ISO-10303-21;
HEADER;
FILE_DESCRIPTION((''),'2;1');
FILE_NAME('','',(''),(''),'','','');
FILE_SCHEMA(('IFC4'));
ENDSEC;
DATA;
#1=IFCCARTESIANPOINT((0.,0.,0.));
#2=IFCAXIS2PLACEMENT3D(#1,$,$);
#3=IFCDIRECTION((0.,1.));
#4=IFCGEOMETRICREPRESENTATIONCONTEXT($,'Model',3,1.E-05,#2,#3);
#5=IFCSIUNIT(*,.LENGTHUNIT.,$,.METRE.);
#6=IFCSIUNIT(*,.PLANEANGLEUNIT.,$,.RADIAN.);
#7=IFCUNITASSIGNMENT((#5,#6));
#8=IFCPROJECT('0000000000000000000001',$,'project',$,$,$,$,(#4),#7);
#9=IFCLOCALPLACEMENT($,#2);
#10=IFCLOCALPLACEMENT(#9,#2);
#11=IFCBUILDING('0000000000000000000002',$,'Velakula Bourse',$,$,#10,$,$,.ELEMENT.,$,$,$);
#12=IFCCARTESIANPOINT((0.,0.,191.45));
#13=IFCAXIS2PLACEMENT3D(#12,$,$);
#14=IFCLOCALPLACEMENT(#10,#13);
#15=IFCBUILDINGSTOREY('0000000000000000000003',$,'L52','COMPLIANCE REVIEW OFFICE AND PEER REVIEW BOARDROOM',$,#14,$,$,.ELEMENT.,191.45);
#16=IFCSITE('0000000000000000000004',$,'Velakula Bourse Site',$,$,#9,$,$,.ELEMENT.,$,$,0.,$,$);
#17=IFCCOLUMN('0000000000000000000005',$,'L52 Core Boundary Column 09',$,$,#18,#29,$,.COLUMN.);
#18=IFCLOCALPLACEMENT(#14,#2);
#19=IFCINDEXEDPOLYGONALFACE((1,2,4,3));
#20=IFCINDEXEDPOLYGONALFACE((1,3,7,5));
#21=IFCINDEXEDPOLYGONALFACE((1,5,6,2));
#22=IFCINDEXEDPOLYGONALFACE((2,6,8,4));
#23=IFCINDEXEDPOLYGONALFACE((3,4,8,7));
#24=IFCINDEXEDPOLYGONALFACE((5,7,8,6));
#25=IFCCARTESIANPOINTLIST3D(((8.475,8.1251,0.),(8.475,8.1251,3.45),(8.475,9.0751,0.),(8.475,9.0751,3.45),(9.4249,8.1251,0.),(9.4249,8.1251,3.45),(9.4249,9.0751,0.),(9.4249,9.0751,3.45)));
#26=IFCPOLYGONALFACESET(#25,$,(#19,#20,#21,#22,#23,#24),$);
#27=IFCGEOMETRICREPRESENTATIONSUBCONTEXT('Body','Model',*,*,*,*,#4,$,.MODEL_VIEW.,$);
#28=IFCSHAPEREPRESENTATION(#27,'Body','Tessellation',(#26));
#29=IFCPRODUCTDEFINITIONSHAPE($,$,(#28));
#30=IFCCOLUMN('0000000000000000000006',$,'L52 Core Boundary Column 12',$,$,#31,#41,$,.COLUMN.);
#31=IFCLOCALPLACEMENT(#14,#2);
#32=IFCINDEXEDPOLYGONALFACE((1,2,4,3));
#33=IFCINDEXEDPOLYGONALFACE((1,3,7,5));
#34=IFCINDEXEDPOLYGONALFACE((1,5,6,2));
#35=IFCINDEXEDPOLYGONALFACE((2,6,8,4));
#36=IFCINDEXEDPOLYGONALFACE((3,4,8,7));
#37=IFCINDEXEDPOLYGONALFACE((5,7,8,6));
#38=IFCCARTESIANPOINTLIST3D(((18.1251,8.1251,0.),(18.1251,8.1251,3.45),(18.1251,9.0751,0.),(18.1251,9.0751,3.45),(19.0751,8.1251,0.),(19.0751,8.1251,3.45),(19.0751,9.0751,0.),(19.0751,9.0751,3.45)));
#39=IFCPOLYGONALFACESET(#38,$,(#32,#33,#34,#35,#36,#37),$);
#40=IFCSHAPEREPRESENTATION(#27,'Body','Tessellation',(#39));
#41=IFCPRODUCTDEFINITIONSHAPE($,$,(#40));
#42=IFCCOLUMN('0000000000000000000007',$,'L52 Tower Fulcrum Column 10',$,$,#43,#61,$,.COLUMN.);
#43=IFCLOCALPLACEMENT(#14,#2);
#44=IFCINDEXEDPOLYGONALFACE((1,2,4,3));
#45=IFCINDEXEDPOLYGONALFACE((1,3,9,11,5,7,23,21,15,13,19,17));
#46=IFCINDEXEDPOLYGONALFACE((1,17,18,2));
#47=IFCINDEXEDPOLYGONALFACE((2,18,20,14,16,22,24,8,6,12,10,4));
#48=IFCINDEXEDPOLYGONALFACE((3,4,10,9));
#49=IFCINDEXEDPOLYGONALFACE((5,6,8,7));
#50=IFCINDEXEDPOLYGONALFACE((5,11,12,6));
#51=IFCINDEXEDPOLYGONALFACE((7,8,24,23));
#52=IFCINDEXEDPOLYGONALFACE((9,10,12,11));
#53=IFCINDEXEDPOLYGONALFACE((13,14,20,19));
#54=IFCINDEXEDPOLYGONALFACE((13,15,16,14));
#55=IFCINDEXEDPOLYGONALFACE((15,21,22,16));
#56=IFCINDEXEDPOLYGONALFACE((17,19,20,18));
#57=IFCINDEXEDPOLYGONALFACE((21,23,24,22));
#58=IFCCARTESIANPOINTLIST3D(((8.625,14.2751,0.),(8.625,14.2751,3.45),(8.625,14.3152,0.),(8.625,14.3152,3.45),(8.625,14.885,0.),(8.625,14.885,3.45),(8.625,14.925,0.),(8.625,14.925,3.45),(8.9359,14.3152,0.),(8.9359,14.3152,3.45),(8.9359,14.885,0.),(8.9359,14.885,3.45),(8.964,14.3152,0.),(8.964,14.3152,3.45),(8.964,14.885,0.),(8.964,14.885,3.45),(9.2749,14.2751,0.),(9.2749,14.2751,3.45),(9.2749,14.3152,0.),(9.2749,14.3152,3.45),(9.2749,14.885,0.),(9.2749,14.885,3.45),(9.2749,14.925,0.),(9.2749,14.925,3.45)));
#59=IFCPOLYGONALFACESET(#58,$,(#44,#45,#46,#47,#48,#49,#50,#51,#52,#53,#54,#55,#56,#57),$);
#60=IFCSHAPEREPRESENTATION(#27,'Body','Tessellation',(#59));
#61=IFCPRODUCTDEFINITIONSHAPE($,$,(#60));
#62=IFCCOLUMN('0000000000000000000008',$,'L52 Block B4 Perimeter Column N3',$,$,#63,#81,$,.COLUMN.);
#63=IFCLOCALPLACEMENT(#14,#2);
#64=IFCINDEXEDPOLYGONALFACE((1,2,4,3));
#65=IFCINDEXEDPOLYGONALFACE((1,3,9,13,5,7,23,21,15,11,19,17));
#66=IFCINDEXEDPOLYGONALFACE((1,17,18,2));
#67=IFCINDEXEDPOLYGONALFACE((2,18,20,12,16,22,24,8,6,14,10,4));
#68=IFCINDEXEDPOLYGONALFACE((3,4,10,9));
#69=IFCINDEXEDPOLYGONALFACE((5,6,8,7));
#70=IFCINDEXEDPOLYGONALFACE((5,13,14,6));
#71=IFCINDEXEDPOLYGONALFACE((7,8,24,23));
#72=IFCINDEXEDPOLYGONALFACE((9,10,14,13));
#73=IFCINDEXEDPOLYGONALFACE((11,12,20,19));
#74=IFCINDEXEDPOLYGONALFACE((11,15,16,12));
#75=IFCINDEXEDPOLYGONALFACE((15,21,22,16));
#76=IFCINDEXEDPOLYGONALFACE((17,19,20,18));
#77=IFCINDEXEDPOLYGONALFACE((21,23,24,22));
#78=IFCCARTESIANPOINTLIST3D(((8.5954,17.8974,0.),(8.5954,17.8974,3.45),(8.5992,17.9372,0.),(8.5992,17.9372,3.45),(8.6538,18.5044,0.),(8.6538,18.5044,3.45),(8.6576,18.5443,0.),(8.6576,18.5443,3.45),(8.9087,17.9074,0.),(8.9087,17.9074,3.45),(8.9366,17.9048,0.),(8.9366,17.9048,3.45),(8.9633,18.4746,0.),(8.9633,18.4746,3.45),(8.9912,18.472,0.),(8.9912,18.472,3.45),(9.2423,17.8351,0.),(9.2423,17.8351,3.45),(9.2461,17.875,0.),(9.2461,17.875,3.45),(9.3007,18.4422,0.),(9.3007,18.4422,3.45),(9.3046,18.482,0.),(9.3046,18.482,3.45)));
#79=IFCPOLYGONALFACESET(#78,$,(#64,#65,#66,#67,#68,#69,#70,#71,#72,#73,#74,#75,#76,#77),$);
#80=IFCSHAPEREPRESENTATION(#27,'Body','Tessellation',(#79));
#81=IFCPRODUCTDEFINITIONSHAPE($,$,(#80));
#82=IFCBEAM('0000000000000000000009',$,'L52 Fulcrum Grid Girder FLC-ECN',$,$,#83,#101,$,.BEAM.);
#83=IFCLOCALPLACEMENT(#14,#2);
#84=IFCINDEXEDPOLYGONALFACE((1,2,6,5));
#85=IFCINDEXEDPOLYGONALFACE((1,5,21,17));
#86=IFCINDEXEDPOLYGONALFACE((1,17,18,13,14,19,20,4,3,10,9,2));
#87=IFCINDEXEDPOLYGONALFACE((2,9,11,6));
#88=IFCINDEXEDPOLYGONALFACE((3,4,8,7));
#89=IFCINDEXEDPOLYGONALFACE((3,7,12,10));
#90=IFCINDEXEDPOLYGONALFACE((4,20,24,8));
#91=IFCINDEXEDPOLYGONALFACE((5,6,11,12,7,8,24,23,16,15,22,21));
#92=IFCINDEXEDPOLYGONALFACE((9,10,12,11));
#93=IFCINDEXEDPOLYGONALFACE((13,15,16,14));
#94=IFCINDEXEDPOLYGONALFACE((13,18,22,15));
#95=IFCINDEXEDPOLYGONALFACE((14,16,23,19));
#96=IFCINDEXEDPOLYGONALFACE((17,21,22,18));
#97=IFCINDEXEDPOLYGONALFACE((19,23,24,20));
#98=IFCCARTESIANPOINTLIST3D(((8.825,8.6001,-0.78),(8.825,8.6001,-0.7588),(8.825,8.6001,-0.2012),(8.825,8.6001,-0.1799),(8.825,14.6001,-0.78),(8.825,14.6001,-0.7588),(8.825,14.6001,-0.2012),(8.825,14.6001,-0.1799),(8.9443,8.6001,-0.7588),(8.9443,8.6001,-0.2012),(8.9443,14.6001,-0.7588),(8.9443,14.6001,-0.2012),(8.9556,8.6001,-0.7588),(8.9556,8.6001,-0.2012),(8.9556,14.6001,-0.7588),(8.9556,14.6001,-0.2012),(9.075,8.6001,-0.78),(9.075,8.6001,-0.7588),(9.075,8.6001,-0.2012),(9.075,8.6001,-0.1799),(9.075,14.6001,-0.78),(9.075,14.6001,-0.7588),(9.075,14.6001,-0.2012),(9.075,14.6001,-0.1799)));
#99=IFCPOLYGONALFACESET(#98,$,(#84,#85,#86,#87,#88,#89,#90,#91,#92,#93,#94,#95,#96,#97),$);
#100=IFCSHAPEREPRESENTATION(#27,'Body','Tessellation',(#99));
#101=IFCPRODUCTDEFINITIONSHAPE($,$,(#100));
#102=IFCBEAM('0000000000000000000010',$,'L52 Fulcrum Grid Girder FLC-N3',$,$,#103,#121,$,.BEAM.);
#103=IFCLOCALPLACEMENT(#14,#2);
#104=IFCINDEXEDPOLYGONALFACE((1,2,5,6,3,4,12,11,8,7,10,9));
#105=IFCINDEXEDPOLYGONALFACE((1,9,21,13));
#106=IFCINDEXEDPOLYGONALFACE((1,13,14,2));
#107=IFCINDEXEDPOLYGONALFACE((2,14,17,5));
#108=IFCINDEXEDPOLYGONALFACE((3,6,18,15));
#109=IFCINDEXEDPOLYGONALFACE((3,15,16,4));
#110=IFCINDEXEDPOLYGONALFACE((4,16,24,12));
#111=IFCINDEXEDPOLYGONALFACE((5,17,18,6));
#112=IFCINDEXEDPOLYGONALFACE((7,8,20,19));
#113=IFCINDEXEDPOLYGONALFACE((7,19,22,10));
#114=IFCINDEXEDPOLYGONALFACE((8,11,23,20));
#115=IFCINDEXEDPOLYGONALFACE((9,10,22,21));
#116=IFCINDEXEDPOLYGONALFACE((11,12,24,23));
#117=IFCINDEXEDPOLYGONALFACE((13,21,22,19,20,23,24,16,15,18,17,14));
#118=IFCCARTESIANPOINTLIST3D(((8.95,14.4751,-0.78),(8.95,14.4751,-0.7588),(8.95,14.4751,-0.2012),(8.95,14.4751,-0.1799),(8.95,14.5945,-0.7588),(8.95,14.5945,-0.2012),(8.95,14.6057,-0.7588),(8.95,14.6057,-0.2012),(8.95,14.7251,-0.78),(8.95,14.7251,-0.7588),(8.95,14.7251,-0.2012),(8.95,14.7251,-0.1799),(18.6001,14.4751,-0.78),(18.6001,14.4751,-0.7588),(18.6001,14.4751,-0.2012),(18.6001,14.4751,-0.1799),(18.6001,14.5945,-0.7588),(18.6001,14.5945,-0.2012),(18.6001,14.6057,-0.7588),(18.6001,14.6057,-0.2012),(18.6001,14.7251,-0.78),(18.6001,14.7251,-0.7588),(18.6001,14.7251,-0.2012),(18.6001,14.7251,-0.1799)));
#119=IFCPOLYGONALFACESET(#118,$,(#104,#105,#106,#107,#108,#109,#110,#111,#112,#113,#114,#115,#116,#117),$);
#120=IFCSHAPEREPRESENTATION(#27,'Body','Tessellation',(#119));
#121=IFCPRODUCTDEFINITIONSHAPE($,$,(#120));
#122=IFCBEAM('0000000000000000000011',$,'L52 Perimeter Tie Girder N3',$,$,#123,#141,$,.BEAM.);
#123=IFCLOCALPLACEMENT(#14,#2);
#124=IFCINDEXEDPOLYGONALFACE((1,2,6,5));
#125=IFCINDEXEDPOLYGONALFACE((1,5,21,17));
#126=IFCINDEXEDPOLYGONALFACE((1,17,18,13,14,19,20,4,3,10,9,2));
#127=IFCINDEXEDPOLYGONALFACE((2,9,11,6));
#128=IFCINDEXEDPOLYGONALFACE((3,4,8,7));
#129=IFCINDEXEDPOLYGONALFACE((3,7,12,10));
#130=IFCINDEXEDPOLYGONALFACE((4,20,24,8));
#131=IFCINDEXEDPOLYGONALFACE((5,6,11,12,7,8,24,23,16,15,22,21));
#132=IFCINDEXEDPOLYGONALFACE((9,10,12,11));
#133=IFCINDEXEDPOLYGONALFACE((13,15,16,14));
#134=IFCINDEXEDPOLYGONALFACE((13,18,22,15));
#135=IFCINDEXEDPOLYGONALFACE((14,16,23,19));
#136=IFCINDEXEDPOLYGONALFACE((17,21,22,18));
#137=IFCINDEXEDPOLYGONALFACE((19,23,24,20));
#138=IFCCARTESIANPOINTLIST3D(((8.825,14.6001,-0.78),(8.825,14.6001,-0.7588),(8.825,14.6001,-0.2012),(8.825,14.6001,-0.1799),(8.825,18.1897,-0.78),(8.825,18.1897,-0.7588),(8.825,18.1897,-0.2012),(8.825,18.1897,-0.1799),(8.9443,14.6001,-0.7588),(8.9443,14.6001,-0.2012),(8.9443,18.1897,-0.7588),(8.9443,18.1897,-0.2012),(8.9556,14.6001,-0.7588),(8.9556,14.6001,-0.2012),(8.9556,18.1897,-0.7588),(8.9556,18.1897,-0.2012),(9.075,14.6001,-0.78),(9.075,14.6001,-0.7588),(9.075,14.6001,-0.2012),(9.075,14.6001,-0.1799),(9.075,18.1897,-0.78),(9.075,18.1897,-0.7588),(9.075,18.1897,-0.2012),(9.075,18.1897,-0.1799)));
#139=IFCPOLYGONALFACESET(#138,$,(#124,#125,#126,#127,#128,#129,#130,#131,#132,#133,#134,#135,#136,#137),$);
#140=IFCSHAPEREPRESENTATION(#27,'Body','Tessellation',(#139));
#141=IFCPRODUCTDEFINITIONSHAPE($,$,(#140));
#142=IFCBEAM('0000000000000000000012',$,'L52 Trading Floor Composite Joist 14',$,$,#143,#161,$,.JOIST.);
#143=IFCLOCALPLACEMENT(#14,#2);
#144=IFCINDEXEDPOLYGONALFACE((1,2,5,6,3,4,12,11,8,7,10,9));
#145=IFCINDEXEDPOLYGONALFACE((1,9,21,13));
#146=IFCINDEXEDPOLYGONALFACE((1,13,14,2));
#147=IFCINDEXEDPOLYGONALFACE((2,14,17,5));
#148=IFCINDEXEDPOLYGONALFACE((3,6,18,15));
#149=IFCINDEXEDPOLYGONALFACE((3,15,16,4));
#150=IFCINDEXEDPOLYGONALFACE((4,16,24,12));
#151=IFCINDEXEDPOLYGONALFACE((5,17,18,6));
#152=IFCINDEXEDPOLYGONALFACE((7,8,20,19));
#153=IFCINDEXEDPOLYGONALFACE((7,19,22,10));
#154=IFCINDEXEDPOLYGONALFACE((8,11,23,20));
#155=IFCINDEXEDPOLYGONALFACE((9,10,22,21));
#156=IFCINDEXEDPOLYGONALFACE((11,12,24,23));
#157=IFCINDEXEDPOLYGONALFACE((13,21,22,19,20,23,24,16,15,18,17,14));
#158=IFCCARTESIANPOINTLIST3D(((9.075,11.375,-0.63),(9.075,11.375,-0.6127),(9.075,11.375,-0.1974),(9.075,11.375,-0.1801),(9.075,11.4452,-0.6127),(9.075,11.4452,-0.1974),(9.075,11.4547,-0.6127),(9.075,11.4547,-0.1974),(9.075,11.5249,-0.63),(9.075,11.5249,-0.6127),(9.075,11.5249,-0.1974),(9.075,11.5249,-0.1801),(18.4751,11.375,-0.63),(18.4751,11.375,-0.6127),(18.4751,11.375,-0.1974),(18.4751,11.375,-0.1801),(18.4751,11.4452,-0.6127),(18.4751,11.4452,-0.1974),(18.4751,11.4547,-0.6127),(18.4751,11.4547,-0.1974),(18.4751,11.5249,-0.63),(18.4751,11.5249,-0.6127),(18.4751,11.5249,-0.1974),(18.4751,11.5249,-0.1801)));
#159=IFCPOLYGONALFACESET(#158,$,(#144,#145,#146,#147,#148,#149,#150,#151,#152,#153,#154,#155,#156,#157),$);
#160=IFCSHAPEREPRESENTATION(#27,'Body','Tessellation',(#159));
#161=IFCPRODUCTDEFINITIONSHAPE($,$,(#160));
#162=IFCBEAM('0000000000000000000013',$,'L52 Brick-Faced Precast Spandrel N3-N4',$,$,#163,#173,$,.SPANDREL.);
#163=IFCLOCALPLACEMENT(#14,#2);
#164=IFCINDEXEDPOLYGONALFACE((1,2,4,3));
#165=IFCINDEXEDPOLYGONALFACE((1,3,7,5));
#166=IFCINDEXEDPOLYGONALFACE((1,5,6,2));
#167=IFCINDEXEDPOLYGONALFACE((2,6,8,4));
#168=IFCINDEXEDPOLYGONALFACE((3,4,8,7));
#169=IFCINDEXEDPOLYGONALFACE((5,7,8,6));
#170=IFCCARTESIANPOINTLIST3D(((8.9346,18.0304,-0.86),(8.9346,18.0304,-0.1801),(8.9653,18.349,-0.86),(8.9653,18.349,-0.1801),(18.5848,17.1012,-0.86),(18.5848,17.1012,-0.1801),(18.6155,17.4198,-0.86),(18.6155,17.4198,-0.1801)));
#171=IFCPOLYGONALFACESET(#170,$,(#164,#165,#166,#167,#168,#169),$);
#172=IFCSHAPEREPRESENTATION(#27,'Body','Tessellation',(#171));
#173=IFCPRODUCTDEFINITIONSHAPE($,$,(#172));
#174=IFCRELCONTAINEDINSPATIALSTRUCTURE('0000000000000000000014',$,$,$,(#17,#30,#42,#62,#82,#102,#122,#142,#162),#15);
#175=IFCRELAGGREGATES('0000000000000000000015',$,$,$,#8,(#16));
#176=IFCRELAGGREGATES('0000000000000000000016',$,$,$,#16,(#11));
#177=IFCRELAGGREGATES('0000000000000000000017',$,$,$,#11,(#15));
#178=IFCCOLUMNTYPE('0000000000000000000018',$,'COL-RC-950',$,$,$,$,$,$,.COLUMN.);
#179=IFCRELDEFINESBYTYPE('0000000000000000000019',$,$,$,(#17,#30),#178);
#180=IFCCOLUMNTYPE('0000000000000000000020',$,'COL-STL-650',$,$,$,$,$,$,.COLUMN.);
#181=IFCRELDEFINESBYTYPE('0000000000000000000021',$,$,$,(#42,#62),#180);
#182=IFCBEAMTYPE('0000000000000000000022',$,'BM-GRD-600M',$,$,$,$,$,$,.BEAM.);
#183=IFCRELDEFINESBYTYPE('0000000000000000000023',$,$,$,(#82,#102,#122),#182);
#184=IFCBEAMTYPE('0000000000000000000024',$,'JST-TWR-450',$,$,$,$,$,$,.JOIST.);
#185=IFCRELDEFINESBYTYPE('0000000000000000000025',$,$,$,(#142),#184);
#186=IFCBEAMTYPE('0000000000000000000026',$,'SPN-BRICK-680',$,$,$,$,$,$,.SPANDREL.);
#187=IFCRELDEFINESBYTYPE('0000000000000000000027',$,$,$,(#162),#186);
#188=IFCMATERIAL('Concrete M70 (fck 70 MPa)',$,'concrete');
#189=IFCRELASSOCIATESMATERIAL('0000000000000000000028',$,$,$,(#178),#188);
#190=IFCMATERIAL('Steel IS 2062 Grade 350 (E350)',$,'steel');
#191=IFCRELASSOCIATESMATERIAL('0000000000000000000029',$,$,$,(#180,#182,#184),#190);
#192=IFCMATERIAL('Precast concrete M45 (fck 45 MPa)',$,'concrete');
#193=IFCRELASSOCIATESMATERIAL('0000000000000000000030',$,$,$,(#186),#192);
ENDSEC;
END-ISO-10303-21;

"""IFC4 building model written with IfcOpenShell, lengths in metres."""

from ifc_helpers import new_model, si_unit, direction, frame, origin, origin_2d, place, context, subcontext, project, spatial, rectangle, i_section, extrude, material, material_profile, profile_set, type_object, element, save


model = new_model("IFC4")

# Units and contexts
model_context = context("Model", 3, precision=1e-05, world=origin(), true_north=direction((0.0, 1.0)))
body_context = subcontext(model_context, "Body", "Model", "MODEL_VIEW")
ifc_project = project(units=[si_unit("LENGTHUNIT", "METRE"), si_unit("PLANEANGLEUNIT", "RADIAN")], contexts=[model_context])

# Site, building, storey
site_placement = place(None, origin())
site = spatial("IfcSite", under=ifc_project, at=site_placement, Name="Velakula Bourse Site", CompositionType="ELEMENT", RefElevation=0.0)
building_placement = place(site_placement, origin())
building = spatial("IfcBuilding", under=site, at=building_placement, Name="Velakula Bourse", CompositionType="ELEMENT")
storey_placement = place(building_placement, frame((0.0, 0.0, 191.45)))
storey = spatial("IfcBuildingStorey", under=building, at=storey_placement, Name="L52", Description="COMPLIANCE REVIEW OFFICE AND PEER REVIEW BOARDROOM", CompositionType="ELEMENT", Elevation=191.45)

# Columns
ifc_material_1 = material(Name="Concrete M70 (fck 70 MPa)", Category="concrete")
ifc_material_profile_1 = material_profile(ifc_material_1, rectangle(XDim=0.95, YDim=0.95, at=origin_2d()), Name="Concrete M70 (fck 70 MPa)")
ifc_profile_set_1 = profile_set([ifc_material_profile_1], Name="Concrete M70 (fck 70 MPa)")
column_type_1 = type_object("IfcColumnType", Name="COL-RC-950", PredefinedType="COLUMN", material=ifc_profile_set_1)
for number, where, z_axis, x_axis, name in (
    (1, (8.95, 8.6001, 0.0), (0.0, 0.0, 1.0), (1.0, 0.0, 0.0), "L52 Core Boundary Column 09"),
    (2, (18.6001, 8.6001, 0.0), (0.0, 0.0, 1.0), (1.0, 0.0, 0.0), "L52 Core Boundary Column 12"),
):
    element("IfcColumn", number, at=place(storey_placement, frame(where, z_axis=z_axis, x_axis=x_axis)), inside=storey, type_object=column_type_1, Name=name, PredefinedType="COLUMN", context=body_context, shape_type="SweptSolid", body=[
        extrude(rectangle(XDim=0.95, YDim=0.95, at=origin_2d()), origin(), (0.0, 0.0, 1.0), 3.45),
    ])
ifc_material_2 = material(Name="Steel IS 2062 Grade 350 (E350)", Category="steel")
ifc_material_profile_2 = material_profile(ifc_material_2, i_section(OverallWidth=0.6499, OverallDepth=0.6499, WebThickness=0.0281, FlangeThickness=0.04, at=origin_2d()), Name="Steel IS 2062 Grade 350 (E350)")
ifc_profile_set_2 = profile_set([ifc_material_profile_2], Name="Steel IS 2062 Grade 350 (E350)")
column_type_2 = type_object("IfcColumnType", Name="COL-STL-650", PredefinedType="COLUMN", material=ifc_profile_set_2)
for number, where, z_axis, x_axis, name in (
    (3, (8.95, 14.6001, 0.0), (0.0, 0.0, 1.0), (1.0, 0.0, 0.0), "L52 Tower Fulcrum Column 10"),
    (4, (8.95, 18.1897, 0.0), (0.0, 0.0, 1.0), (0.995396, -0.095846, 0.0), "L52 Block B4 Perimeter Column N3"),
):
    element("IfcColumn", number, at=place(storey_placement, frame(where, z_axis=z_axis, x_axis=x_axis)), inside=storey, type_object=column_type_2, Name=name, PredefinedType="COLUMN", context=body_context, shape_type="SweptSolid", body=[
        extrude(i_section(OverallWidth=0.6499, OverallDepth=0.6499, WebThickness=0.0281, FlangeThickness=0.04, at=origin_2d()), origin(), (0.0, 0.0, 1.0), 3.45),
    ])

# Beams
ifc_material_profile_3 = material_profile(ifc_material_2, i_section(OverallWidth=0.25, OverallDepth=0.6001, WebThickness=0.0112, FlangeThickness=0.0212, at=origin_2d()), Name="Steel IS 2062 Grade 350 (E350)")
ifc_profile_set_3 = profile_set([ifc_material_profile_3], Name="Steel IS 2062 Grade 350 (E350)")
beam_type_1 = type_object("IfcBeamType", Name="BM-GRD-600M", PredefinedType="BEAM", material=ifc_profile_set_3)
beam_1_placement = place(storey_placement, frame((8.95, 8.6001, -0.48), z_axis=(0.0, 1.0, 0.0), x_axis=(-1.0, 0.0, 0.0)))
element("IfcBeam", 5, at=beam_1_placement, inside=storey, type_object=beam_type_1, Name="L52 Fulcrum Grid Girder FLC-ECN", PredefinedType="BEAM", context=body_context, shape_type="SweptSolid", body=[
    extrude(i_section(OverallWidth=0.25, OverallDepth=0.6001, WebThickness=0.0112, FlangeThickness=0.0212, at=origin_2d()), origin(), (0.0, 0.0, 1.0), 6.0),
])
beam_2_placement = place(storey_placement, frame((8.95, 14.6001, -0.48), z_axis=(1.0, 0.0, 0.0), x_axis=(0.0, 1.0, 0.0)))
element("IfcBeam", 6, at=beam_2_placement, inside=storey, type_object=beam_type_1, Name="L52 Fulcrum Grid Girder FLC-N3", PredefinedType="BEAM", context=body_context, shape_type="SweptSolid", body=[
    extrude(i_section(OverallWidth=0.25, OverallDepth=0.6001, WebThickness=0.0112, FlangeThickness=0.0212, at=origin_2d()), origin(), (0.0, 0.0, 1.0), 9.6501),
])
beam_3_placement = place(storey_placement, frame((8.95, 14.6001, -0.48), z_axis=(0.0, 1.0, 0.0), x_axis=(-1.0, 0.0, 0.0)))
element("IfcBeam", 7, at=beam_3_placement, inside=storey, type_object=beam_type_1, Name="L52 Perimeter Tie Girder N3", PredefinedType="BEAM", context=body_context, shape_type="SweptSolid", body=[
    extrude(i_section(OverallWidth=0.25, OverallDepth=0.6001, WebThickness=0.0112, FlangeThickness=0.0212, at=origin_2d()), origin(), (0.0, 0.0, 1.0), 3.5896),
])
ifc_material_profile_4 = material_profile(ifc_material_2, i_section(OverallWidth=0.1499, OverallDepth=0.45, WebThickness=0.0095, FlangeThickness=0.0173, at=origin_2d()), Name="Steel IS 2062 Grade 350 (E350)")
ifc_profile_set_4 = profile_set([ifc_material_profile_4], Name="Steel IS 2062 Grade 350 (E350)")
beam_type_2 = type_object("IfcBeamType", Name="JST-TWR-450", PredefinedType="JOIST", material=ifc_profile_set_4)
beam_4_placement = place(storey_placement, frame((9.075, 11.45, -0.405), z_axis=(1.0, 0.0, 0.0), x_axis=(0.0, 1.0, 0.0)))
element("IfcBeam", 8, at=beam_4_placement, inside=storey, type_object=beam_type_2, Name="L52 Trading Floor Composite Joist 14", PredefinedType="JOIST", context=body_context, shape_type="SweptSolid", body=[
    extrude(i_section(OverallWidth=0.1499, OverallDepth=0.45, WebThickness=0.0095, FlangeThickness=0.0173, at=origin_2d()), origin(), (0.0, 0.0, 1.0), 9.4001),
])
ifc_material_3 = material(Name="Precast concrete M45 (fck 45 MPa)", Category="concrete")
ifc_material_profile_5 = material_profile(ifc_material_3, rectangle(XDim=0.3201, YDim=0.6799, at=origin_2d()), Name="Precast concrete M45 (fck 45 MPa)")
ifc_profile_set_5 = profile_set([ifc_material_profile_5], Name="Precast concrete M45 (fck 45 MPa)")
beam_type_3 = type_object("IfcBeamType", Name="SPN-BRICK-680", PredefinedType="SPANDREL", material=ifc_profile_set_5)
beam_5_placement = place(storey_placement, frame((8.95, 18.1897, -0.52), z_axis=(0.995396, -0.095845, 0.0), x_axis=(0.095845, 0.995396, 0.0)))
element("IfcBeam", 9, at=beam_5_placement, inside=storey, type_object=beam_type_3, Name="L52 Brick-Faced Precast Spandrel N3-N4", PredefinedType="SPANDREL", context=body_context, shape_type="SweptSolid", body=[
    extrude(rectangle(XDim=0.3201, YDim=0.6799, at=origin_2d()), origin(), (0.0, 0.0, 1.0), 9.6948),
])

save(model, "model.ifc")
